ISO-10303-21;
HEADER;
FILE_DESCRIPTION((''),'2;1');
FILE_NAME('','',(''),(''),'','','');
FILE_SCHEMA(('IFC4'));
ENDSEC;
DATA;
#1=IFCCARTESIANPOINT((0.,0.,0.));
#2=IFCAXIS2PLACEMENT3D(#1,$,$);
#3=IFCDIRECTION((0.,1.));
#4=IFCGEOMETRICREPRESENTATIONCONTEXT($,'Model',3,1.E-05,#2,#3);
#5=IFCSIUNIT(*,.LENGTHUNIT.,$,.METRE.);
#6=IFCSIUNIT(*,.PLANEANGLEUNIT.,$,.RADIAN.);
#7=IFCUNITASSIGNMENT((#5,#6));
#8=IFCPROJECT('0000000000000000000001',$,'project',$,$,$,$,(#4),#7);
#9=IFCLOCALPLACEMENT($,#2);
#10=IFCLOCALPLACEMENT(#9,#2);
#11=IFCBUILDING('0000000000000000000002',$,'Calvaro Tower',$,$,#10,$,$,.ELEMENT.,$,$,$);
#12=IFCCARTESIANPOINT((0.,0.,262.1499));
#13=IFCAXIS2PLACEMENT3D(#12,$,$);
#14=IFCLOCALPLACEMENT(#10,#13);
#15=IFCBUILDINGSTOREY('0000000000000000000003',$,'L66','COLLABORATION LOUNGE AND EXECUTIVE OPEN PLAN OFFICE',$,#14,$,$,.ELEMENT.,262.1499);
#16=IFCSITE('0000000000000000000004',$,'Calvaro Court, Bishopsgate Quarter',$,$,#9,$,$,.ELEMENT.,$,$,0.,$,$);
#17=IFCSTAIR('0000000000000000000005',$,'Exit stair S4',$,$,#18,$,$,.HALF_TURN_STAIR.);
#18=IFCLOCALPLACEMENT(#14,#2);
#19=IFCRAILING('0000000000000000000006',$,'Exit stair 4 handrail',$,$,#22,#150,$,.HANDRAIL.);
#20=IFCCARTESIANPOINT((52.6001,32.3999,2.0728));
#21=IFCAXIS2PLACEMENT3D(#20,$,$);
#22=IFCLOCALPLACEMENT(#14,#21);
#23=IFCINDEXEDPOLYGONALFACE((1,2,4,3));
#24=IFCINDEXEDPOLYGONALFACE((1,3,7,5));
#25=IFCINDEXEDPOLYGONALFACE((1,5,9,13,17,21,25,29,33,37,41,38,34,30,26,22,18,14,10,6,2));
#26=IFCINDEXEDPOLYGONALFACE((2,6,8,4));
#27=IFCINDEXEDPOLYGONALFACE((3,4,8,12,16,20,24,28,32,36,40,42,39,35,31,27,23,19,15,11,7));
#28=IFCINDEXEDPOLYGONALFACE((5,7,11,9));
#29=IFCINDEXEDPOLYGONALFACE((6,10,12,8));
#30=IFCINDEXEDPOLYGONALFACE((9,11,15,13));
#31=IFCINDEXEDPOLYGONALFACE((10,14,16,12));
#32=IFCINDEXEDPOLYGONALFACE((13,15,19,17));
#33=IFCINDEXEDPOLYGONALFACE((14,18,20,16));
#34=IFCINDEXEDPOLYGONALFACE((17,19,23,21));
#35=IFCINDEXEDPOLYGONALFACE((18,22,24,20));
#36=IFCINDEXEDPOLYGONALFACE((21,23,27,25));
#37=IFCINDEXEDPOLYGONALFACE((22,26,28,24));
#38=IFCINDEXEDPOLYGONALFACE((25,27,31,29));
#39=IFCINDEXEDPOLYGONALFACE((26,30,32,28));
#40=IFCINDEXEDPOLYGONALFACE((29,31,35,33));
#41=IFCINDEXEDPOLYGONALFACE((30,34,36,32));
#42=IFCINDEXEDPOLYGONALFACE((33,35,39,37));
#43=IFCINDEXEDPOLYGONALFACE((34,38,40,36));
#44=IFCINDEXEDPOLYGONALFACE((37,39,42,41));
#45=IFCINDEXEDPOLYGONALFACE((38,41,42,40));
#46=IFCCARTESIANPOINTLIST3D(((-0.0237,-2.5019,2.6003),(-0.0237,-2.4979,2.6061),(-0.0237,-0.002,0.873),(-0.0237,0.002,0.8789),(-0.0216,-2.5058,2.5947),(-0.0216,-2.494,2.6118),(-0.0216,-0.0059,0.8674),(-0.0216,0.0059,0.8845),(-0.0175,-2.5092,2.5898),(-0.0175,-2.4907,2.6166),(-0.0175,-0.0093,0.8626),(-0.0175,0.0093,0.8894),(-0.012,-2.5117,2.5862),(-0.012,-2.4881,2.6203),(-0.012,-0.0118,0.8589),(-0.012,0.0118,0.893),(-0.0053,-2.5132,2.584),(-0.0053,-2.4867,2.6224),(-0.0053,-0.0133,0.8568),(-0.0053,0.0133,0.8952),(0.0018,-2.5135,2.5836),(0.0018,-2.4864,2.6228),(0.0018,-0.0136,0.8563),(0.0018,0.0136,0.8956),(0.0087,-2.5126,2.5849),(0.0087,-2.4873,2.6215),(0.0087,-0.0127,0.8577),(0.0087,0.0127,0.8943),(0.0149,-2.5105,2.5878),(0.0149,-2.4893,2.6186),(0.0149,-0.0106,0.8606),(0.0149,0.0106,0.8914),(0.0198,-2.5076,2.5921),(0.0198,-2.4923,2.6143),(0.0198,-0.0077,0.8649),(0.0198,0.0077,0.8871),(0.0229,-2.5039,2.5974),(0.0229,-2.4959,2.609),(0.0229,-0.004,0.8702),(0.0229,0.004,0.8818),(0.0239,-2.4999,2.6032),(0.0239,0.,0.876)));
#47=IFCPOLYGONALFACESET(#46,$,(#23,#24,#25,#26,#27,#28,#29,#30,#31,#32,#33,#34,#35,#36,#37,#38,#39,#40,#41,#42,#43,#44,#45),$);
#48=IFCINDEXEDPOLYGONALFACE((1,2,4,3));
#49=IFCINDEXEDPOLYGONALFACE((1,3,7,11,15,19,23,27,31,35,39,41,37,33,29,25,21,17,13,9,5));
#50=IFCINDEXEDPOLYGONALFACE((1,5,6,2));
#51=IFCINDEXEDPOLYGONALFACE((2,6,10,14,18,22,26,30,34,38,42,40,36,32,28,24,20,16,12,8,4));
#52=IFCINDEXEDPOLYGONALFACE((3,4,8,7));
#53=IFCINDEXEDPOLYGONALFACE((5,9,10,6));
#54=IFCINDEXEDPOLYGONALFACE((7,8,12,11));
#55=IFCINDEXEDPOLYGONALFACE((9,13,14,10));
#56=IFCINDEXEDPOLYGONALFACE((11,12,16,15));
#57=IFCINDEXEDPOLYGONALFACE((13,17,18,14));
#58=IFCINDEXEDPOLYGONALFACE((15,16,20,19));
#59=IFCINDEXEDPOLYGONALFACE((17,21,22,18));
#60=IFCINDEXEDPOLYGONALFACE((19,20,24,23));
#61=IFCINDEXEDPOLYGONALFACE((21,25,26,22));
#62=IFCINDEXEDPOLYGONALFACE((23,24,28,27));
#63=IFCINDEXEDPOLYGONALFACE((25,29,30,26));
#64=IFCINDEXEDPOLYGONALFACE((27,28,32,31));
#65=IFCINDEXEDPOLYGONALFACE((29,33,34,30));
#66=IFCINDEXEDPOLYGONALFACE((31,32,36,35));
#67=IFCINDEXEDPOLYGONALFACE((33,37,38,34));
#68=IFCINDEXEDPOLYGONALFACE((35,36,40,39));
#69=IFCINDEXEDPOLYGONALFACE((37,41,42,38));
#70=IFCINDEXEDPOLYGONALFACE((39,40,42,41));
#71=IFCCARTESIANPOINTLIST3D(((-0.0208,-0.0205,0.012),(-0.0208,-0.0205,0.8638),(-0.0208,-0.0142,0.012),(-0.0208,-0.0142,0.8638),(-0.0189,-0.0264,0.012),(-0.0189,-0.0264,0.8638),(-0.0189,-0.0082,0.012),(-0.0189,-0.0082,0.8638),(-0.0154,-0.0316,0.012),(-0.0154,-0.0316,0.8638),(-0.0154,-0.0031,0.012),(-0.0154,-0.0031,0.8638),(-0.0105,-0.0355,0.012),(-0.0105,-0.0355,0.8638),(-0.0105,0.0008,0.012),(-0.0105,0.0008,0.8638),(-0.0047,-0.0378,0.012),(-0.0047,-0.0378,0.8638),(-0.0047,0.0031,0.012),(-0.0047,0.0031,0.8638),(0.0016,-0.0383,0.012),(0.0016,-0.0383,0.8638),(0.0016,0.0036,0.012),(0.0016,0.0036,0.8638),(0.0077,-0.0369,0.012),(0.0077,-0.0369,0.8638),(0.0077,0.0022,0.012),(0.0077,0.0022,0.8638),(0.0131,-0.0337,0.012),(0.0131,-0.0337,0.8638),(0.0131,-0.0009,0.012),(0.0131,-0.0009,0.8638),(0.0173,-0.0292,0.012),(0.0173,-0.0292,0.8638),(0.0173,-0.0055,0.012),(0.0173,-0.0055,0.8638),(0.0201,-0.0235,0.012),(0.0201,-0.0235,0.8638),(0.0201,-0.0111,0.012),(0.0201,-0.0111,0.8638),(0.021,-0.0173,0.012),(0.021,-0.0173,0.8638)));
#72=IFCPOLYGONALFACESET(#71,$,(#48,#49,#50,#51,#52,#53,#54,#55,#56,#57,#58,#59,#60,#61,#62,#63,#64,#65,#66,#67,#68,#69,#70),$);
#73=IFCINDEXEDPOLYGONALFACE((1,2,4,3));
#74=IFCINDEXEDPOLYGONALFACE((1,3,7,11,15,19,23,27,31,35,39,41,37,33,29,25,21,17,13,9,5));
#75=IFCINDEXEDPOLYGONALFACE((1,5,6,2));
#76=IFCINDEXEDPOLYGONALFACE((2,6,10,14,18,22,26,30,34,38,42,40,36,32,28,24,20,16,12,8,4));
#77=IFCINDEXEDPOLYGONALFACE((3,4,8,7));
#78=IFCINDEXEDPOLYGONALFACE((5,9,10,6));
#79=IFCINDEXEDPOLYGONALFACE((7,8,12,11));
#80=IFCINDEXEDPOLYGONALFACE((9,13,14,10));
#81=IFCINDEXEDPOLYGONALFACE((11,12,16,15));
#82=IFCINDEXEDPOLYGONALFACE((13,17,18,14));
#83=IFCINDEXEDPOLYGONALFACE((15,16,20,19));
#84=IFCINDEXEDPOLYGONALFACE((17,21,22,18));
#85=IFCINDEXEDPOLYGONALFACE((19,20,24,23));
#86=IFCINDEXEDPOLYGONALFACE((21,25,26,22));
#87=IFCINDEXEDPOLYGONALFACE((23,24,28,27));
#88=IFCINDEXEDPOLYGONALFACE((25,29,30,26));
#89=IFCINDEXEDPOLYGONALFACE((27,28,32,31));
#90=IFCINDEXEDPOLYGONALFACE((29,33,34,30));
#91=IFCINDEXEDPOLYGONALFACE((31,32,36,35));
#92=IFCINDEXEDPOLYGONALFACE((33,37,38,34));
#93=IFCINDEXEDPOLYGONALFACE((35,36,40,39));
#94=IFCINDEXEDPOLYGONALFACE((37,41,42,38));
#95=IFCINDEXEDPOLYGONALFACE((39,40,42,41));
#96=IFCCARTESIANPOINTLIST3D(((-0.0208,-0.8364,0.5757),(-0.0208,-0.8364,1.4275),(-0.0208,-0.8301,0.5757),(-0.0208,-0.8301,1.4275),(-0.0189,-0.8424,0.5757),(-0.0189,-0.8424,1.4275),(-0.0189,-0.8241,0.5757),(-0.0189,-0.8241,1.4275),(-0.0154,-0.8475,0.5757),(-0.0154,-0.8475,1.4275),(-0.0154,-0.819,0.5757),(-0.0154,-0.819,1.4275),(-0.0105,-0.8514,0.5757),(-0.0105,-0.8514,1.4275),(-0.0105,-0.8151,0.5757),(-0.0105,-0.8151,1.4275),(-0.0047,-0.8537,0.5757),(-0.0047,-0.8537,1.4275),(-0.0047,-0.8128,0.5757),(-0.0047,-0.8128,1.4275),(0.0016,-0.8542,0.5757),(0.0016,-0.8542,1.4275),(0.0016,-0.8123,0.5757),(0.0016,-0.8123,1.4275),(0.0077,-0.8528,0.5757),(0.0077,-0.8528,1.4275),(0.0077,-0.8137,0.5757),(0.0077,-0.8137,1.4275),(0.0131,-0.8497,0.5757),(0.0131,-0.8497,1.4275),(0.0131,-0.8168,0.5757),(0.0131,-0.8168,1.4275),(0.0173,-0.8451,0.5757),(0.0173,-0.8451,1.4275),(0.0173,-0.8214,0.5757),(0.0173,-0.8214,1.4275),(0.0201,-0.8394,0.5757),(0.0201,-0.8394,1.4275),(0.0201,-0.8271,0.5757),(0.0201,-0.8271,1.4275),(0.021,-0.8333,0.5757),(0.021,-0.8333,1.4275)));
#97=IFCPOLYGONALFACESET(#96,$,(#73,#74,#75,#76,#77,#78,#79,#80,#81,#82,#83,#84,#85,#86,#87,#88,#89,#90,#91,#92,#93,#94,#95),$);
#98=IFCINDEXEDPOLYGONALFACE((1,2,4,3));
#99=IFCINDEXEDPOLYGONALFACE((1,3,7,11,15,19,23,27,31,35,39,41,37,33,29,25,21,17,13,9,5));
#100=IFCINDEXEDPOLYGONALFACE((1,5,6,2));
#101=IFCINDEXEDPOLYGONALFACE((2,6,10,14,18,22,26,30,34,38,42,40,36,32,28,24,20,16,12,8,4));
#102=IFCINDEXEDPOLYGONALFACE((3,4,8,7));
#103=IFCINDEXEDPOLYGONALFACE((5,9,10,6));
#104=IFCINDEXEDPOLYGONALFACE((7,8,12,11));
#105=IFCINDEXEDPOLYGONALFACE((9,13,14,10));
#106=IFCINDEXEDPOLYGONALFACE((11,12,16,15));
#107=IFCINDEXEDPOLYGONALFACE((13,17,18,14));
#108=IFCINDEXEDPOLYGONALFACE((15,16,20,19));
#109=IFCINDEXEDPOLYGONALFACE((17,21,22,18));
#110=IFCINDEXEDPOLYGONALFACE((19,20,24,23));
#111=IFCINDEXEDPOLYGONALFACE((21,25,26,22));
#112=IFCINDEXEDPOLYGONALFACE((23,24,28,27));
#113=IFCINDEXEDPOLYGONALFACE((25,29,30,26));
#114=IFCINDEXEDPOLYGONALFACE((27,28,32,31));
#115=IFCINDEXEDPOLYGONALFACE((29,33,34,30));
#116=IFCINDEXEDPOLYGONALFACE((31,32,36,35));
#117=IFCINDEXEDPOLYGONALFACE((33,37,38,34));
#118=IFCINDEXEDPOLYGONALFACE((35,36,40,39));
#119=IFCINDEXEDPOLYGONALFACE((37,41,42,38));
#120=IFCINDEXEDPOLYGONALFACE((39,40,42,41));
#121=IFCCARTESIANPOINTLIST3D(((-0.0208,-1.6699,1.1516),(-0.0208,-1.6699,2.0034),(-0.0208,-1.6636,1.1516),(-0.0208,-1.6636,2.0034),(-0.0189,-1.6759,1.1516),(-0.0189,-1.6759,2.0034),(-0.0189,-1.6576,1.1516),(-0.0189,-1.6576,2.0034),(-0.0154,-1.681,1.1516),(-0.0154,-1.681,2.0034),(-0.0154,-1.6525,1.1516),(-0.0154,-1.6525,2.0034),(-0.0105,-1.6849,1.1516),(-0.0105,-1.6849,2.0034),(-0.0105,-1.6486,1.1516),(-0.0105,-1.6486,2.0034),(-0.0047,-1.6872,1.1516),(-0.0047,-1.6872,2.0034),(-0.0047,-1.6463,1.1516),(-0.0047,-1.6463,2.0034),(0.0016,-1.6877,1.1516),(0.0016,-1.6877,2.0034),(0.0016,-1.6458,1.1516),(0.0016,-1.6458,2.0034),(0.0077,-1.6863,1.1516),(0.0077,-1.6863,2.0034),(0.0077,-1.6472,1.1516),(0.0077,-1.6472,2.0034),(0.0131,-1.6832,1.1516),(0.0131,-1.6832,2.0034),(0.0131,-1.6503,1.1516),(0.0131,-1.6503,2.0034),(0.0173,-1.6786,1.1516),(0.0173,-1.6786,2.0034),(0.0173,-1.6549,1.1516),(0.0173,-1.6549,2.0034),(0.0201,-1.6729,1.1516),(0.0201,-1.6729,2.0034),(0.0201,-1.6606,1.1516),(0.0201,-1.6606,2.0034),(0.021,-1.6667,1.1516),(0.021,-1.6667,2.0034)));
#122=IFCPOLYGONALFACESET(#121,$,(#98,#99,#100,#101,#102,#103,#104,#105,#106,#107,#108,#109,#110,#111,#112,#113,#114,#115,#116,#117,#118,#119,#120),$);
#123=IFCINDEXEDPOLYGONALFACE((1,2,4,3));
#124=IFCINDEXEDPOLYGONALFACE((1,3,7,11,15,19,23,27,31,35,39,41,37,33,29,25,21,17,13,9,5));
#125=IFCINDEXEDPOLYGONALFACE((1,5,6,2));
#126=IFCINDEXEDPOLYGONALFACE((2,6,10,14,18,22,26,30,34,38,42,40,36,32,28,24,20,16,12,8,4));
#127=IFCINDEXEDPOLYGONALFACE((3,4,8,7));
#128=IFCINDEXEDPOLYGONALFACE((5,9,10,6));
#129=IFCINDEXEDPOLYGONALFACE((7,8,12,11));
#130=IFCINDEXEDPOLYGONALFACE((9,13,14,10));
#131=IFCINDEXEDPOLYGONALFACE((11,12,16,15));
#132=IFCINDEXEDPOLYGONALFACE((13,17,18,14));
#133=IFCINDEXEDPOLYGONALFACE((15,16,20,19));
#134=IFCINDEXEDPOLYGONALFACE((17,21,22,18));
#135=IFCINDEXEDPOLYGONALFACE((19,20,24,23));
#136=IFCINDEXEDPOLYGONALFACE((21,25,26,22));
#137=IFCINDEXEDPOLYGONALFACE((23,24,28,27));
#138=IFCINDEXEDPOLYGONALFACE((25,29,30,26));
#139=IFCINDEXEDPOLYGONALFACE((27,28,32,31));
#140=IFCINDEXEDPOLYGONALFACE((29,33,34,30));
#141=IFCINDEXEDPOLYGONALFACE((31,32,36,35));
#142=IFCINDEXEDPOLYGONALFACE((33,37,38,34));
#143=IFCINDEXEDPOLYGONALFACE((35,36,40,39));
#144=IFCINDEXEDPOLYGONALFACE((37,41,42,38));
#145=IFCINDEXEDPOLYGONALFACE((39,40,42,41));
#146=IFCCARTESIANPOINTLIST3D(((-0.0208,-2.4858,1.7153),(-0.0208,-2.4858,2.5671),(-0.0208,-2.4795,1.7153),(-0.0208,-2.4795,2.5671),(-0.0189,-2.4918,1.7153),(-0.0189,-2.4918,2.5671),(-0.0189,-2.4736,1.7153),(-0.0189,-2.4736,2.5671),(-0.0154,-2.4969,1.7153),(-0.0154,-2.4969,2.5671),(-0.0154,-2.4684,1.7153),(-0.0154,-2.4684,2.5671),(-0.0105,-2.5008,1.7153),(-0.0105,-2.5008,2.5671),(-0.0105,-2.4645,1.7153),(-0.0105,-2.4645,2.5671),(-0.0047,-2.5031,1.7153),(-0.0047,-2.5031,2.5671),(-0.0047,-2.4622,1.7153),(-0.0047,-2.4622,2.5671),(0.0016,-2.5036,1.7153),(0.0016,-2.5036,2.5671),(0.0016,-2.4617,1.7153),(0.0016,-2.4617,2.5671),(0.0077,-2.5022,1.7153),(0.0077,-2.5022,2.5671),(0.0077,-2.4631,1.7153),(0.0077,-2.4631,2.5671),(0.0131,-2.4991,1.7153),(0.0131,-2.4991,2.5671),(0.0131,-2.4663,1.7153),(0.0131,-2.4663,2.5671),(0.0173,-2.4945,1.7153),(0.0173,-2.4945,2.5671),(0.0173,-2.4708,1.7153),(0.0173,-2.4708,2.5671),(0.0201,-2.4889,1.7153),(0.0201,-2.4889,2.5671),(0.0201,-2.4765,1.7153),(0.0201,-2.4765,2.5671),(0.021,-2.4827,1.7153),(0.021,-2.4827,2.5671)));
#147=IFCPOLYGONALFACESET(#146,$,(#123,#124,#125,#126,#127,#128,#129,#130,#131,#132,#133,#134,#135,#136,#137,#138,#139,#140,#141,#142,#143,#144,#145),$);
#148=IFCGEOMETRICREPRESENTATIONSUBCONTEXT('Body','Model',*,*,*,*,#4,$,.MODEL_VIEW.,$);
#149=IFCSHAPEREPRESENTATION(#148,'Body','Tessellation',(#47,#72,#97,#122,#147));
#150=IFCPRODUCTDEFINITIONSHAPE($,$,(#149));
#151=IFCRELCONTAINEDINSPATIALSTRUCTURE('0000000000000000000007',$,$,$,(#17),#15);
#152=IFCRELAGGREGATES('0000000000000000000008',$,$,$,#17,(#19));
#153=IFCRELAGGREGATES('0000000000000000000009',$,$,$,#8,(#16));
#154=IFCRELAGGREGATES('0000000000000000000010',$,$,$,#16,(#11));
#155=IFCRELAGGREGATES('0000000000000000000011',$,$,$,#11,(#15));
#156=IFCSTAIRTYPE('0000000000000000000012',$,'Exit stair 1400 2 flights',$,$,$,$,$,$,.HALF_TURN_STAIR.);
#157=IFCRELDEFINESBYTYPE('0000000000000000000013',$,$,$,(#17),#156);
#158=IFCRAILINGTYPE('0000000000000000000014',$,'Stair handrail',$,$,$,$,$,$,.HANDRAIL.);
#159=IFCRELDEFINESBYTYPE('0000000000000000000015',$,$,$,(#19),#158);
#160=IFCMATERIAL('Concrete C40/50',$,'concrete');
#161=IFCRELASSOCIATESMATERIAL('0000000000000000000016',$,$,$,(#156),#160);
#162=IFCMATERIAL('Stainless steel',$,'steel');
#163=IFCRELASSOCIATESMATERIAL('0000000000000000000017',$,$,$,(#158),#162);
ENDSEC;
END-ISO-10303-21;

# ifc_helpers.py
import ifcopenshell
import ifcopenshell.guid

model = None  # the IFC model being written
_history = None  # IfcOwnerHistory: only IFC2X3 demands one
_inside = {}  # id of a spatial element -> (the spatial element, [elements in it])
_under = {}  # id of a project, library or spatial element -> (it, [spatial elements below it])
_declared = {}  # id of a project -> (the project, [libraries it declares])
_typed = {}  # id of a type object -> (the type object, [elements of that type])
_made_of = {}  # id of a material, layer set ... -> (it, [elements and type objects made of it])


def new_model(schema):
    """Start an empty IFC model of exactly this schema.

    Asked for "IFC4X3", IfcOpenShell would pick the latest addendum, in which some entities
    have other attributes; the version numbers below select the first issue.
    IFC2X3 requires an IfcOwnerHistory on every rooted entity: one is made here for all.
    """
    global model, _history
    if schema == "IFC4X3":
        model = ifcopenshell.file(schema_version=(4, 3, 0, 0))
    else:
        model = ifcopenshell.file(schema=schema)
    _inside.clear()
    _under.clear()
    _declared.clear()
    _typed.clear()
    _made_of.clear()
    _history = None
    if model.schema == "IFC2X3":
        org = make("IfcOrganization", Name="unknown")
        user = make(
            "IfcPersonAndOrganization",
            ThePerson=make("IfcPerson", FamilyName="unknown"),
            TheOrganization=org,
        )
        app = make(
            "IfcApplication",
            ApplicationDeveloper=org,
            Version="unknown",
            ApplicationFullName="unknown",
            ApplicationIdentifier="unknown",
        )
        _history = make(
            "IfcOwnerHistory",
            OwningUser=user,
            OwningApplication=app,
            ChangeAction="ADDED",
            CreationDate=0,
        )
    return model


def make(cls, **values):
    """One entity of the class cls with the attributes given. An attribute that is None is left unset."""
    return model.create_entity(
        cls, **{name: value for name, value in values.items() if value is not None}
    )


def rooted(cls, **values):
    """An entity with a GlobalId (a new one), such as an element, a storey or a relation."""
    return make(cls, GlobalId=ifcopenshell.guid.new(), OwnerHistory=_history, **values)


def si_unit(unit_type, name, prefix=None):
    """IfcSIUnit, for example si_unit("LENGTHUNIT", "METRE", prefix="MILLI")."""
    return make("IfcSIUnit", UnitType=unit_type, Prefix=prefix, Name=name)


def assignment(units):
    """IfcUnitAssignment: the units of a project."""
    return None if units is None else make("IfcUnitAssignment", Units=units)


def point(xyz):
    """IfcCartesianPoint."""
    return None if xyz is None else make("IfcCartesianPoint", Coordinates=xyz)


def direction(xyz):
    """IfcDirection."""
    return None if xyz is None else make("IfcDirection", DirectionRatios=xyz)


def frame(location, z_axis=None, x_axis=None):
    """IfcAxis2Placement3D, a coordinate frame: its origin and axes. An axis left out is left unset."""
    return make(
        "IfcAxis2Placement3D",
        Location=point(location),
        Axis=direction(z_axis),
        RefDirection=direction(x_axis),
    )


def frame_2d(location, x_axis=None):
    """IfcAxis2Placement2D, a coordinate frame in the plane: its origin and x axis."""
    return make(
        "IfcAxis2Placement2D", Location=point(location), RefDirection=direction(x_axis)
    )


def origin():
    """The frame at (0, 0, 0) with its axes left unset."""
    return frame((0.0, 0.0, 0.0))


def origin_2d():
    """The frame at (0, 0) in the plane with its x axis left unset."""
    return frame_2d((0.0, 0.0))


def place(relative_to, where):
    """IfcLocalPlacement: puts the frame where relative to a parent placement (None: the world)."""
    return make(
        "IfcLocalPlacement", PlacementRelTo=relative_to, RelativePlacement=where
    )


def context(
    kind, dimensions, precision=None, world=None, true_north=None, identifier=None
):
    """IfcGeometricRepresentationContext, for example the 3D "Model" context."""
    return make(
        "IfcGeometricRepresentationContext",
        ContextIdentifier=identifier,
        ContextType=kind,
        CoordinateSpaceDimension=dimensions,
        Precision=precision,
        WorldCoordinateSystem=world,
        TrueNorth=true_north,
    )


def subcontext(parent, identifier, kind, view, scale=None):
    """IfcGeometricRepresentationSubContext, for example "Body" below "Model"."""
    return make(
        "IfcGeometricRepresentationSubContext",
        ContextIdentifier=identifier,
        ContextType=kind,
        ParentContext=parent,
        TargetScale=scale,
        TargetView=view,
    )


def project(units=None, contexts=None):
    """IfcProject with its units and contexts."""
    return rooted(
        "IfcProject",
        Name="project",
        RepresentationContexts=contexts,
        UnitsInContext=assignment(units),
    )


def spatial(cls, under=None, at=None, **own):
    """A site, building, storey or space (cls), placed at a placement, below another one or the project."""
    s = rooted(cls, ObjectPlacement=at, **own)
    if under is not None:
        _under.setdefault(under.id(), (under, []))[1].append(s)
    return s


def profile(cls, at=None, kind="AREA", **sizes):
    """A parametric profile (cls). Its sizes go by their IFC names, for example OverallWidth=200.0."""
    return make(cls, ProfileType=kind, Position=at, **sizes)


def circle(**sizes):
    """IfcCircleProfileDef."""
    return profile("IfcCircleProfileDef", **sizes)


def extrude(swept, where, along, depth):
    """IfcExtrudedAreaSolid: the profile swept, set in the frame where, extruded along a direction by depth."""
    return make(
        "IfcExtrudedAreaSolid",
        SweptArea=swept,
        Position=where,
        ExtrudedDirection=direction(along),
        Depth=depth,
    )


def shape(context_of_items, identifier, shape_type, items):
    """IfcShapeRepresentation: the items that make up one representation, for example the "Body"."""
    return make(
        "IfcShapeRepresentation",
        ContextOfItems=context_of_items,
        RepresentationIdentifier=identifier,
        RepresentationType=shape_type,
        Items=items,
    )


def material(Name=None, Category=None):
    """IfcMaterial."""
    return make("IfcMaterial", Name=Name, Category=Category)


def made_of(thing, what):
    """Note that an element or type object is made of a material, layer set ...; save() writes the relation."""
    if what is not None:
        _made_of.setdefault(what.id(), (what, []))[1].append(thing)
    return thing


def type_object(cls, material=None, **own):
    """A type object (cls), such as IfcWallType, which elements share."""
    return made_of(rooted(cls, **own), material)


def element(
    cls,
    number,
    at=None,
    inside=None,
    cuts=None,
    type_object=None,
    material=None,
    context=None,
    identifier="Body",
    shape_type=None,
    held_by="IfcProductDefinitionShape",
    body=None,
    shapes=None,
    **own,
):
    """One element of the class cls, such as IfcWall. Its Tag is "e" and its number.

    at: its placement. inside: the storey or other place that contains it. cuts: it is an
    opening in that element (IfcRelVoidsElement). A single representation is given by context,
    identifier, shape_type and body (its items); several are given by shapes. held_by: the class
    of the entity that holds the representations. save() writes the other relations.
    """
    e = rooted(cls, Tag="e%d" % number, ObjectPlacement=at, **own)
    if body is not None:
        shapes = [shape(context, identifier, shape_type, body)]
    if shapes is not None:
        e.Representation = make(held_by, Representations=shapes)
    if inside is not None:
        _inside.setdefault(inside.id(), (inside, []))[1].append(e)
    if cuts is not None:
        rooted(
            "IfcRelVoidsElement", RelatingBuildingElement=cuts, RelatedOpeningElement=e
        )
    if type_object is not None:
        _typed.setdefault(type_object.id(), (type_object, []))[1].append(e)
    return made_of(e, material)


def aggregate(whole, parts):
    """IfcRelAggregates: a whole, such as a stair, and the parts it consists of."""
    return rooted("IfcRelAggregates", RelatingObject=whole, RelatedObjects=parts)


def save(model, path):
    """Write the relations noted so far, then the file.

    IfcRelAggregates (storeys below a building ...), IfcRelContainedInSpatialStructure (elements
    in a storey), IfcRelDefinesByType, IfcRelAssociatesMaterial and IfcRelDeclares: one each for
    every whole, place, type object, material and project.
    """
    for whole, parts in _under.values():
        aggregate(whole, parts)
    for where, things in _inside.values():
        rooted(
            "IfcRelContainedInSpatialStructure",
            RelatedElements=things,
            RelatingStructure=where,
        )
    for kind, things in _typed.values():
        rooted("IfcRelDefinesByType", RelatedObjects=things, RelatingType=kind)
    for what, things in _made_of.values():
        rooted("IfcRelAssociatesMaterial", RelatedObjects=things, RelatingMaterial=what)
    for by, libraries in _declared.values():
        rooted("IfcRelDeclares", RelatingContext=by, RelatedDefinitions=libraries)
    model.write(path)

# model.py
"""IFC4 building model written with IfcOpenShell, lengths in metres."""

from ifc_helpers import new_model, si_unit, direction, frame, origin, origin_2d, place, context, subcontext, project, spatial, circle, extrude, material, type_object, element, aggregate, save


model = new_model("IFC4")

# Units and contexts
model_context = context("Model", 3, precision=1e-05, world=origin(), true_north=direction((0.0, 1.0)))
body_context = subcontext(model_context, "Body", "Model", "MODEL_VIEW")
ifc_project = project(units=[si_unit("LENGTHUNIT", "METRE"), si_unit("PLANEANGLEUNIT", "RADIAN")], contexts=[model_context])

# Site, building, storey
site_placement = place(None, origin())
site = spatial("IfcSite", under=ifc_project, at=site_placement, Name="Calvaro Court, Bishopsgate Quarter", CompositionType="ELEMENT", RefElevation=0.0)
building_placement = place(site_placement, origin())
building = spatial("IfcBuilding", under=site, at=building_placement, Name="Calvaro Tower", CompositionType="ELEMENT")
storey_placement = place(building_placement, frame((0.0, 0.0, 262.1499)))
storey = spatial("IfcBuildingStorey", under=building, at=storey_placement, Name="L66", Description="COLLABORATION LOUNGE AND EXECUTIVE OPEN PLAN OFFICE", CompositionType="ELEMENT", Elevation=262.1499)

# Stair
ifc_material_1 = material(Name="Concrete C40/50", Category="concrete")
stair_type = type_object("IfcStairType", Name="Exit stair 1400 2 flights", PredefinedType="HALF_TURN_STAIR", material=ifc_material_1)
stair_1_placement = place(storey_placement, origin())
stair_1 = element("IfcStair", 1, at=stair_1_placement, inside=storey, type_object=stair_type, Name="Exit stair S4", PredefinedType="HALF_TURN_STAIR")

# Railing
ifc_material_2 = material(Name="Stainless steel", Category="steel")
railing_type = type_object("IfcRailingType", Name="Stair handrail", PredefinedType="HANDRAIL", material=ifc_material_2)
railing_1_placement = place(storey_placement, frame((52.6001, 32.3999, 2.0728)))
railing_1 = element("IfcRailing", 2, at=railing_1_placement, type_object=railing_type, Name="Exit stair 4 handrail", PredefinedType="HANDRAIL", context=body_context, shape_type="SweptSolid", body=[
    extrude(circle(Radius=0.0239, at=origin_2d()), frame((0.0, 0.0, 0.876), z_axis=(0.0, -0.822727, 0.568437), x_axis=(1.0, 0.0, 0.0)), (0.0, 0.0, 1.0), 3.0386),
    extrude(circle(Radius=0.021, at=origin_2d()), frame((0.0, -0.0173, 0.012)), (0.0, 0.0, 1.0), 0.8518),
    extrude(circle(Radius=0.021, at=origin_2d()), frame((0.0, -0.8333, 0.5757)), (0.0, 0.0, 1.0), 0.8518),
    extrude(circle(Radius=0.021, at=origin_2d()), frame((0.0, -1.6667, 1.1516)), (0.0, 0.0, 1.0), 0.8518),
    extrude(circle(Radius=0.021, at=origin_2d()), frame((0.0, -2.4827, 1.7153)), (0.0, 0.0, 1.0), 0.8518),
])
aggregate(stair_1, [railing_1])

save(model, "model.ifc")
